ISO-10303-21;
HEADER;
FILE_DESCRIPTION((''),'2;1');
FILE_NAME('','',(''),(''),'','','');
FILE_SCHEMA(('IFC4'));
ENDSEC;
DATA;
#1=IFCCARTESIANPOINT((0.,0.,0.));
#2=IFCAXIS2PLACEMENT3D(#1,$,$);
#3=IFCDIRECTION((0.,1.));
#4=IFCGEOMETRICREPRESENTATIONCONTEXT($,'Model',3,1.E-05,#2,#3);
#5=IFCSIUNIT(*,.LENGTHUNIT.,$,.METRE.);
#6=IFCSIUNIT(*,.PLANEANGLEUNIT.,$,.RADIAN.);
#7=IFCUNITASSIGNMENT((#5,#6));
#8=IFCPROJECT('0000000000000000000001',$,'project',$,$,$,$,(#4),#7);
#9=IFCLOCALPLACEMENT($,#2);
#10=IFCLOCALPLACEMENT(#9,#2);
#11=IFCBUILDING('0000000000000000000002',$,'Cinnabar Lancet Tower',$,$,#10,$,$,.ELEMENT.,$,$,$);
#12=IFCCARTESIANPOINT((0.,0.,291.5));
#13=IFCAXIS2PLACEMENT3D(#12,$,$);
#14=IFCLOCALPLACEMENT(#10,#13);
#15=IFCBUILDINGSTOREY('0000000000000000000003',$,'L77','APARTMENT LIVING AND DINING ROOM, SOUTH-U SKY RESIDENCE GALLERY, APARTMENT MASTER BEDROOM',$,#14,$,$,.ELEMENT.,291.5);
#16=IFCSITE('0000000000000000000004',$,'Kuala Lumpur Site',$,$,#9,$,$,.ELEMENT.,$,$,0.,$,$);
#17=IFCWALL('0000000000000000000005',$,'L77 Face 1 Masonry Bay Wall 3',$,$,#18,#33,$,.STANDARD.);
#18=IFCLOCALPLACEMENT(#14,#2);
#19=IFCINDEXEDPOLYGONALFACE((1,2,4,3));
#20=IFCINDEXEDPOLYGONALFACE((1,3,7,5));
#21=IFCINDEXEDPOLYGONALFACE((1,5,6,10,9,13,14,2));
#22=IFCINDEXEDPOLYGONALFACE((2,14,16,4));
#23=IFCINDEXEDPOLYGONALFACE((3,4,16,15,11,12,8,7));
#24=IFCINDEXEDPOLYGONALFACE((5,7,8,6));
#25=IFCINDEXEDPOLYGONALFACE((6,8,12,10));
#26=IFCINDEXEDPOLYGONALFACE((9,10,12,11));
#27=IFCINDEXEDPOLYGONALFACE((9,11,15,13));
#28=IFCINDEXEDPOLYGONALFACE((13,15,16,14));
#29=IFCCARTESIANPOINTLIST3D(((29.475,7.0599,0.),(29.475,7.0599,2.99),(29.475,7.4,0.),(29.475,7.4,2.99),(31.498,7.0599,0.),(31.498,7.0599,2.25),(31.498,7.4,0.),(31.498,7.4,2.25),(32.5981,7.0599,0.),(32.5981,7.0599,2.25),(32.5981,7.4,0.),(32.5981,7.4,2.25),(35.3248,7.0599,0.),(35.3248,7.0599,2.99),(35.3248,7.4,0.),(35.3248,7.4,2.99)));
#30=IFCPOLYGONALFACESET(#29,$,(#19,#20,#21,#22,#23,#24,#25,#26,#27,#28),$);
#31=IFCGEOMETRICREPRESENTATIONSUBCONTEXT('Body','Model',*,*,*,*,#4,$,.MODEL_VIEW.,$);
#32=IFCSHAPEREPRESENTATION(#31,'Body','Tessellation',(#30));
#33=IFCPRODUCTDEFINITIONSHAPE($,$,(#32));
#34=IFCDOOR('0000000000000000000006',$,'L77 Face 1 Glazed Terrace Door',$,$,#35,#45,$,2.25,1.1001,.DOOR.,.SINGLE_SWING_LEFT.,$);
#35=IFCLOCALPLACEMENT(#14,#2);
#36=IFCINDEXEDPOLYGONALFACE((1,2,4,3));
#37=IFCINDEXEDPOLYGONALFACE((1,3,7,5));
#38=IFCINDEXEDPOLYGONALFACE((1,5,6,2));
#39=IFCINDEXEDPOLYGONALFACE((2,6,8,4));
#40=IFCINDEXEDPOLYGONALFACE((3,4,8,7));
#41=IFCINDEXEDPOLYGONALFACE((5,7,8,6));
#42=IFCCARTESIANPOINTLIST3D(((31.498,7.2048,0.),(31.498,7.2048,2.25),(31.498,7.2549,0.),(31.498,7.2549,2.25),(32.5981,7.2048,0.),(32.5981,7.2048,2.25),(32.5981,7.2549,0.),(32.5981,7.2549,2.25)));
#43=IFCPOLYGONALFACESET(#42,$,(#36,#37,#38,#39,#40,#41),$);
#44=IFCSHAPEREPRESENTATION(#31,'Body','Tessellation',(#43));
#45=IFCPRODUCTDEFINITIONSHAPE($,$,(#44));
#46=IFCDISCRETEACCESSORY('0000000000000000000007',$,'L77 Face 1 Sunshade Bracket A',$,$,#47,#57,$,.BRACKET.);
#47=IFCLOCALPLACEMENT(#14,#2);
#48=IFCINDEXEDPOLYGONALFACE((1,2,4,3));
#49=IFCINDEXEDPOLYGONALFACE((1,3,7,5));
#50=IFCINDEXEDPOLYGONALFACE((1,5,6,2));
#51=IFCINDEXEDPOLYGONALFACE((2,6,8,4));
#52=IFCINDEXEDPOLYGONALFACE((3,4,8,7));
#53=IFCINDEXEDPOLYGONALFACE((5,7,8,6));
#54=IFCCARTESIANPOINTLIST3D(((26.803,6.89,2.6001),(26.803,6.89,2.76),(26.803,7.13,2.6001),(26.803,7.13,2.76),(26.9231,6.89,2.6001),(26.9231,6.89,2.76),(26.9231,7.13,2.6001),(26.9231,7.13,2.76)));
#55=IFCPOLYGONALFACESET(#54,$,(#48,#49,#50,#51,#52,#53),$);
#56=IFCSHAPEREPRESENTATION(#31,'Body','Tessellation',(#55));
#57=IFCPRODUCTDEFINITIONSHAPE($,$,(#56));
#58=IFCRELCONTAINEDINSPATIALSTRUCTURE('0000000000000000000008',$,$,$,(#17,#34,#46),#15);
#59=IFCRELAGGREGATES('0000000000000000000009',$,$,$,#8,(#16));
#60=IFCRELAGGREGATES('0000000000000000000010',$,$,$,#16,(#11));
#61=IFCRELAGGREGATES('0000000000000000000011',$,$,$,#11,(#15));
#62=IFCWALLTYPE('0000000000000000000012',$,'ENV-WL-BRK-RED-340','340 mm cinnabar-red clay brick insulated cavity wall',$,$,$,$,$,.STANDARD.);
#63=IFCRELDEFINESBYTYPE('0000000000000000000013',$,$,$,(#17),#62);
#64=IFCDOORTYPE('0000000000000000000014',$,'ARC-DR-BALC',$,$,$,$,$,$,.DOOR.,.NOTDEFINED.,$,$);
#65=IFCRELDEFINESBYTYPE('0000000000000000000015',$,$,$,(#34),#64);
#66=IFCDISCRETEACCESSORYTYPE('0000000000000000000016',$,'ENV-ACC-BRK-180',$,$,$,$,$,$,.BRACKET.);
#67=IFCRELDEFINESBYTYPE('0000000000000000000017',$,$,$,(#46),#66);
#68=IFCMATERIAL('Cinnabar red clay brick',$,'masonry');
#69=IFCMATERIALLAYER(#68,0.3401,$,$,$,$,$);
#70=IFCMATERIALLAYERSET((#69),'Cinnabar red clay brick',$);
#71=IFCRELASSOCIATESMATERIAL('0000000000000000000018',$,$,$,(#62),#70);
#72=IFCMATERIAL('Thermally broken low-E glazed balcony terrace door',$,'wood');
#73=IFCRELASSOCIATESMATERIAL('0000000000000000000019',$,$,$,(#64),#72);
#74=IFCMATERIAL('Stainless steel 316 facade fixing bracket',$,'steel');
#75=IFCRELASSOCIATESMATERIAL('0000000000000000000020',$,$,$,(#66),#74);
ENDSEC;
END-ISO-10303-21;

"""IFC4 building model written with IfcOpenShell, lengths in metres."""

from ifc_helpers import new_model, si_unit, direction, frame, frame_2d, origin, origin_2d, place, context, subcontext, project, spatial, rectangle, extrude, material, layer, layer_set, type_object, element, fill, save


model = new_model("IFC4")

# Units and contexts
model_context = context("Model", 3, precision=1e-05, world=origin(), true_north=direction((0.0, 1.0)))
body_context = subcontext(model_context, "Body", "Model", "MODEL_VIEW")
ifc_project = project(units=[si_unit("LENGTHUNIT", "METRE"), si_unit("PLANEANGLEUNIT", "RADIAN")], contexts=[model_context])

# Site, building, storey
site_placement = place(None, origin())
site = spatial("IfcSite", under=ifc_project, at=site_placement, Name="Kuala Lumpur Site", CompositionType="ELEMENT", RefElevation=0.0)
building_placement = place(site_placement, origin())
building = spatial("IfcBuilding", under=site, at=building_placement, Name="Cinnabar Lancet Tower", CompositionType="ELEMENT")
storey_placement = place(building_placement, frame((0.0, 0.0, 291.5)))
storey = spatial("IfcBuildingStorey", under=building, at=storey_placement, Name="L77", Description="APARTMENT LIVING AND DINING ROOM, SOUTH-U SKY RESIDENCE GALLERY, APARTMENT MASTER BEDROOM", CompositionType="ELEMENT", Elevation=291.5)

# Shared definitions
ifc_material_1 = material(Name="Cinnabar red clay brick", Category="masonry")
ifc_layer_1 = layer(ifc_material_1, 0.3401)
ifc_layer_set_1 = layer_set([ifc_layer_1], Name="Cinnabar red clay brick")
wall_type_1 = type_object("IfcWallType", Name="ENV-WL-BRK-RED-340", Description="340 mm cinnabar-red clay brick insulated cavity wall", PredefinedType="STANDARD", material=ifc_layer_set_1)

# Wall, opening, door
wall_1_placement = place(storey_placement, frame((29.4751, 7.23, 0.0), z_axis=(0.0, 0.0, 1.0), x_axis=(1.0, 0.0, 0.0)))
wall_1 = element("IfcWall", 1, at=wall_1_placement, inside=storey, type_object=wall_type_1, Name="L77 Face 1 Masonry Bay Wall 3", PredefinedType="STANDARD", context=body_context, shape_type="SweptSolid", body=[
    extrude(rectangle(XDim=5.8499, YDim=0.3401, at=frame_2d((2.9248, 0.0))), origin(), (0.0, 0.0, 1.0), 2.99),
])
opening_1_placement = place(wall_1_placement, frame((2.0229, 0.0, 0.0)))
opening_1 = element("IfcOpeningElement", 2, at=opening_1_placement, cuts=wall_1, PredefinedType="OPENING", context=body_context, shape_type="SweptSolid", body=[
    extrude(rectangle(XDim=1.1001, YDim=2.25, at=frame_2d((0.55, 1.125))), frame((0.0, 0.1799, 0.0), z_axis=(0.0, -1.0, 0.0), x_axis=(1.0, 0.0, 0.0)), (0.0, 0.0, 1.0), 0.3601),
])
ifc_material_2 = material(Name="Thermally broken low-E glazed balcony terrace door", Category="wood")
door_type_1 = type_object("IfcDoorType", Name="ARC-DR-BALC", OperationType="NOTDEFINED", PredefinedType="DOOR", material=ifc_material_2)
door_1_placement = place(opening_1_placement, origin())
door_1 = element("IfcDoor", 3, at=door_1_placement, inside=storey, type_object=door_type_1, Name="L77 Face 1 Glazed Terrace Door", OperationType="SINGLE_SWING_LEFT", OverallHeight=2.25, OverallWidth=1.1001, PredefinedType="DOOR", context=body_context, shape_type="SweptSolid", body=[
    extrude(rectangle(XDim=1.1001, YDim=2.25, at=frame_2d((0.55, 1.125))), frame((0.0, 0.0249, 0.0), z_axis=(0.0, -1.0, 0.0), x_axis=(1.0, 0.0, 0.0)), (0.0, 0.0, 1.0), 0.05),
])
fill(opening_1, door_1)

# Discrete accessory
ifc_material_3 = material(Name="Stainless steel 316 facade fixing bracket", Category="steel")
discrete_accessory_type = type_object("IfcDiscreteAccessoryType", Name="ENV-ACC-BRK-180", PredefinedType="BRACKET", material=ifc_material_3)
discrete_accessory_placement = place(storey_placement, frame((26.863, 7.01, 2.6001), z_axis=(0.0, 0.0, 1.0), x_axis=(1.0, 0.0, 0.0)))
element("IfcDiscreteAccessory", 4, at=discrete_accessory_placement, inside=storey, type_object=discrete_accessory_type, Name="L77 Face 1 Sunshade Bracket A", PredefinedType="BRACKET", context=body_context, shape_type="SweptSolid", body=[
    extrude(rectangle(XDim=0.1201, YDim=0.24, at=origin_2d()), origin(), (0.0, 0.0, 1.0), 0.1599),
])

save(model, "model.ifc")
